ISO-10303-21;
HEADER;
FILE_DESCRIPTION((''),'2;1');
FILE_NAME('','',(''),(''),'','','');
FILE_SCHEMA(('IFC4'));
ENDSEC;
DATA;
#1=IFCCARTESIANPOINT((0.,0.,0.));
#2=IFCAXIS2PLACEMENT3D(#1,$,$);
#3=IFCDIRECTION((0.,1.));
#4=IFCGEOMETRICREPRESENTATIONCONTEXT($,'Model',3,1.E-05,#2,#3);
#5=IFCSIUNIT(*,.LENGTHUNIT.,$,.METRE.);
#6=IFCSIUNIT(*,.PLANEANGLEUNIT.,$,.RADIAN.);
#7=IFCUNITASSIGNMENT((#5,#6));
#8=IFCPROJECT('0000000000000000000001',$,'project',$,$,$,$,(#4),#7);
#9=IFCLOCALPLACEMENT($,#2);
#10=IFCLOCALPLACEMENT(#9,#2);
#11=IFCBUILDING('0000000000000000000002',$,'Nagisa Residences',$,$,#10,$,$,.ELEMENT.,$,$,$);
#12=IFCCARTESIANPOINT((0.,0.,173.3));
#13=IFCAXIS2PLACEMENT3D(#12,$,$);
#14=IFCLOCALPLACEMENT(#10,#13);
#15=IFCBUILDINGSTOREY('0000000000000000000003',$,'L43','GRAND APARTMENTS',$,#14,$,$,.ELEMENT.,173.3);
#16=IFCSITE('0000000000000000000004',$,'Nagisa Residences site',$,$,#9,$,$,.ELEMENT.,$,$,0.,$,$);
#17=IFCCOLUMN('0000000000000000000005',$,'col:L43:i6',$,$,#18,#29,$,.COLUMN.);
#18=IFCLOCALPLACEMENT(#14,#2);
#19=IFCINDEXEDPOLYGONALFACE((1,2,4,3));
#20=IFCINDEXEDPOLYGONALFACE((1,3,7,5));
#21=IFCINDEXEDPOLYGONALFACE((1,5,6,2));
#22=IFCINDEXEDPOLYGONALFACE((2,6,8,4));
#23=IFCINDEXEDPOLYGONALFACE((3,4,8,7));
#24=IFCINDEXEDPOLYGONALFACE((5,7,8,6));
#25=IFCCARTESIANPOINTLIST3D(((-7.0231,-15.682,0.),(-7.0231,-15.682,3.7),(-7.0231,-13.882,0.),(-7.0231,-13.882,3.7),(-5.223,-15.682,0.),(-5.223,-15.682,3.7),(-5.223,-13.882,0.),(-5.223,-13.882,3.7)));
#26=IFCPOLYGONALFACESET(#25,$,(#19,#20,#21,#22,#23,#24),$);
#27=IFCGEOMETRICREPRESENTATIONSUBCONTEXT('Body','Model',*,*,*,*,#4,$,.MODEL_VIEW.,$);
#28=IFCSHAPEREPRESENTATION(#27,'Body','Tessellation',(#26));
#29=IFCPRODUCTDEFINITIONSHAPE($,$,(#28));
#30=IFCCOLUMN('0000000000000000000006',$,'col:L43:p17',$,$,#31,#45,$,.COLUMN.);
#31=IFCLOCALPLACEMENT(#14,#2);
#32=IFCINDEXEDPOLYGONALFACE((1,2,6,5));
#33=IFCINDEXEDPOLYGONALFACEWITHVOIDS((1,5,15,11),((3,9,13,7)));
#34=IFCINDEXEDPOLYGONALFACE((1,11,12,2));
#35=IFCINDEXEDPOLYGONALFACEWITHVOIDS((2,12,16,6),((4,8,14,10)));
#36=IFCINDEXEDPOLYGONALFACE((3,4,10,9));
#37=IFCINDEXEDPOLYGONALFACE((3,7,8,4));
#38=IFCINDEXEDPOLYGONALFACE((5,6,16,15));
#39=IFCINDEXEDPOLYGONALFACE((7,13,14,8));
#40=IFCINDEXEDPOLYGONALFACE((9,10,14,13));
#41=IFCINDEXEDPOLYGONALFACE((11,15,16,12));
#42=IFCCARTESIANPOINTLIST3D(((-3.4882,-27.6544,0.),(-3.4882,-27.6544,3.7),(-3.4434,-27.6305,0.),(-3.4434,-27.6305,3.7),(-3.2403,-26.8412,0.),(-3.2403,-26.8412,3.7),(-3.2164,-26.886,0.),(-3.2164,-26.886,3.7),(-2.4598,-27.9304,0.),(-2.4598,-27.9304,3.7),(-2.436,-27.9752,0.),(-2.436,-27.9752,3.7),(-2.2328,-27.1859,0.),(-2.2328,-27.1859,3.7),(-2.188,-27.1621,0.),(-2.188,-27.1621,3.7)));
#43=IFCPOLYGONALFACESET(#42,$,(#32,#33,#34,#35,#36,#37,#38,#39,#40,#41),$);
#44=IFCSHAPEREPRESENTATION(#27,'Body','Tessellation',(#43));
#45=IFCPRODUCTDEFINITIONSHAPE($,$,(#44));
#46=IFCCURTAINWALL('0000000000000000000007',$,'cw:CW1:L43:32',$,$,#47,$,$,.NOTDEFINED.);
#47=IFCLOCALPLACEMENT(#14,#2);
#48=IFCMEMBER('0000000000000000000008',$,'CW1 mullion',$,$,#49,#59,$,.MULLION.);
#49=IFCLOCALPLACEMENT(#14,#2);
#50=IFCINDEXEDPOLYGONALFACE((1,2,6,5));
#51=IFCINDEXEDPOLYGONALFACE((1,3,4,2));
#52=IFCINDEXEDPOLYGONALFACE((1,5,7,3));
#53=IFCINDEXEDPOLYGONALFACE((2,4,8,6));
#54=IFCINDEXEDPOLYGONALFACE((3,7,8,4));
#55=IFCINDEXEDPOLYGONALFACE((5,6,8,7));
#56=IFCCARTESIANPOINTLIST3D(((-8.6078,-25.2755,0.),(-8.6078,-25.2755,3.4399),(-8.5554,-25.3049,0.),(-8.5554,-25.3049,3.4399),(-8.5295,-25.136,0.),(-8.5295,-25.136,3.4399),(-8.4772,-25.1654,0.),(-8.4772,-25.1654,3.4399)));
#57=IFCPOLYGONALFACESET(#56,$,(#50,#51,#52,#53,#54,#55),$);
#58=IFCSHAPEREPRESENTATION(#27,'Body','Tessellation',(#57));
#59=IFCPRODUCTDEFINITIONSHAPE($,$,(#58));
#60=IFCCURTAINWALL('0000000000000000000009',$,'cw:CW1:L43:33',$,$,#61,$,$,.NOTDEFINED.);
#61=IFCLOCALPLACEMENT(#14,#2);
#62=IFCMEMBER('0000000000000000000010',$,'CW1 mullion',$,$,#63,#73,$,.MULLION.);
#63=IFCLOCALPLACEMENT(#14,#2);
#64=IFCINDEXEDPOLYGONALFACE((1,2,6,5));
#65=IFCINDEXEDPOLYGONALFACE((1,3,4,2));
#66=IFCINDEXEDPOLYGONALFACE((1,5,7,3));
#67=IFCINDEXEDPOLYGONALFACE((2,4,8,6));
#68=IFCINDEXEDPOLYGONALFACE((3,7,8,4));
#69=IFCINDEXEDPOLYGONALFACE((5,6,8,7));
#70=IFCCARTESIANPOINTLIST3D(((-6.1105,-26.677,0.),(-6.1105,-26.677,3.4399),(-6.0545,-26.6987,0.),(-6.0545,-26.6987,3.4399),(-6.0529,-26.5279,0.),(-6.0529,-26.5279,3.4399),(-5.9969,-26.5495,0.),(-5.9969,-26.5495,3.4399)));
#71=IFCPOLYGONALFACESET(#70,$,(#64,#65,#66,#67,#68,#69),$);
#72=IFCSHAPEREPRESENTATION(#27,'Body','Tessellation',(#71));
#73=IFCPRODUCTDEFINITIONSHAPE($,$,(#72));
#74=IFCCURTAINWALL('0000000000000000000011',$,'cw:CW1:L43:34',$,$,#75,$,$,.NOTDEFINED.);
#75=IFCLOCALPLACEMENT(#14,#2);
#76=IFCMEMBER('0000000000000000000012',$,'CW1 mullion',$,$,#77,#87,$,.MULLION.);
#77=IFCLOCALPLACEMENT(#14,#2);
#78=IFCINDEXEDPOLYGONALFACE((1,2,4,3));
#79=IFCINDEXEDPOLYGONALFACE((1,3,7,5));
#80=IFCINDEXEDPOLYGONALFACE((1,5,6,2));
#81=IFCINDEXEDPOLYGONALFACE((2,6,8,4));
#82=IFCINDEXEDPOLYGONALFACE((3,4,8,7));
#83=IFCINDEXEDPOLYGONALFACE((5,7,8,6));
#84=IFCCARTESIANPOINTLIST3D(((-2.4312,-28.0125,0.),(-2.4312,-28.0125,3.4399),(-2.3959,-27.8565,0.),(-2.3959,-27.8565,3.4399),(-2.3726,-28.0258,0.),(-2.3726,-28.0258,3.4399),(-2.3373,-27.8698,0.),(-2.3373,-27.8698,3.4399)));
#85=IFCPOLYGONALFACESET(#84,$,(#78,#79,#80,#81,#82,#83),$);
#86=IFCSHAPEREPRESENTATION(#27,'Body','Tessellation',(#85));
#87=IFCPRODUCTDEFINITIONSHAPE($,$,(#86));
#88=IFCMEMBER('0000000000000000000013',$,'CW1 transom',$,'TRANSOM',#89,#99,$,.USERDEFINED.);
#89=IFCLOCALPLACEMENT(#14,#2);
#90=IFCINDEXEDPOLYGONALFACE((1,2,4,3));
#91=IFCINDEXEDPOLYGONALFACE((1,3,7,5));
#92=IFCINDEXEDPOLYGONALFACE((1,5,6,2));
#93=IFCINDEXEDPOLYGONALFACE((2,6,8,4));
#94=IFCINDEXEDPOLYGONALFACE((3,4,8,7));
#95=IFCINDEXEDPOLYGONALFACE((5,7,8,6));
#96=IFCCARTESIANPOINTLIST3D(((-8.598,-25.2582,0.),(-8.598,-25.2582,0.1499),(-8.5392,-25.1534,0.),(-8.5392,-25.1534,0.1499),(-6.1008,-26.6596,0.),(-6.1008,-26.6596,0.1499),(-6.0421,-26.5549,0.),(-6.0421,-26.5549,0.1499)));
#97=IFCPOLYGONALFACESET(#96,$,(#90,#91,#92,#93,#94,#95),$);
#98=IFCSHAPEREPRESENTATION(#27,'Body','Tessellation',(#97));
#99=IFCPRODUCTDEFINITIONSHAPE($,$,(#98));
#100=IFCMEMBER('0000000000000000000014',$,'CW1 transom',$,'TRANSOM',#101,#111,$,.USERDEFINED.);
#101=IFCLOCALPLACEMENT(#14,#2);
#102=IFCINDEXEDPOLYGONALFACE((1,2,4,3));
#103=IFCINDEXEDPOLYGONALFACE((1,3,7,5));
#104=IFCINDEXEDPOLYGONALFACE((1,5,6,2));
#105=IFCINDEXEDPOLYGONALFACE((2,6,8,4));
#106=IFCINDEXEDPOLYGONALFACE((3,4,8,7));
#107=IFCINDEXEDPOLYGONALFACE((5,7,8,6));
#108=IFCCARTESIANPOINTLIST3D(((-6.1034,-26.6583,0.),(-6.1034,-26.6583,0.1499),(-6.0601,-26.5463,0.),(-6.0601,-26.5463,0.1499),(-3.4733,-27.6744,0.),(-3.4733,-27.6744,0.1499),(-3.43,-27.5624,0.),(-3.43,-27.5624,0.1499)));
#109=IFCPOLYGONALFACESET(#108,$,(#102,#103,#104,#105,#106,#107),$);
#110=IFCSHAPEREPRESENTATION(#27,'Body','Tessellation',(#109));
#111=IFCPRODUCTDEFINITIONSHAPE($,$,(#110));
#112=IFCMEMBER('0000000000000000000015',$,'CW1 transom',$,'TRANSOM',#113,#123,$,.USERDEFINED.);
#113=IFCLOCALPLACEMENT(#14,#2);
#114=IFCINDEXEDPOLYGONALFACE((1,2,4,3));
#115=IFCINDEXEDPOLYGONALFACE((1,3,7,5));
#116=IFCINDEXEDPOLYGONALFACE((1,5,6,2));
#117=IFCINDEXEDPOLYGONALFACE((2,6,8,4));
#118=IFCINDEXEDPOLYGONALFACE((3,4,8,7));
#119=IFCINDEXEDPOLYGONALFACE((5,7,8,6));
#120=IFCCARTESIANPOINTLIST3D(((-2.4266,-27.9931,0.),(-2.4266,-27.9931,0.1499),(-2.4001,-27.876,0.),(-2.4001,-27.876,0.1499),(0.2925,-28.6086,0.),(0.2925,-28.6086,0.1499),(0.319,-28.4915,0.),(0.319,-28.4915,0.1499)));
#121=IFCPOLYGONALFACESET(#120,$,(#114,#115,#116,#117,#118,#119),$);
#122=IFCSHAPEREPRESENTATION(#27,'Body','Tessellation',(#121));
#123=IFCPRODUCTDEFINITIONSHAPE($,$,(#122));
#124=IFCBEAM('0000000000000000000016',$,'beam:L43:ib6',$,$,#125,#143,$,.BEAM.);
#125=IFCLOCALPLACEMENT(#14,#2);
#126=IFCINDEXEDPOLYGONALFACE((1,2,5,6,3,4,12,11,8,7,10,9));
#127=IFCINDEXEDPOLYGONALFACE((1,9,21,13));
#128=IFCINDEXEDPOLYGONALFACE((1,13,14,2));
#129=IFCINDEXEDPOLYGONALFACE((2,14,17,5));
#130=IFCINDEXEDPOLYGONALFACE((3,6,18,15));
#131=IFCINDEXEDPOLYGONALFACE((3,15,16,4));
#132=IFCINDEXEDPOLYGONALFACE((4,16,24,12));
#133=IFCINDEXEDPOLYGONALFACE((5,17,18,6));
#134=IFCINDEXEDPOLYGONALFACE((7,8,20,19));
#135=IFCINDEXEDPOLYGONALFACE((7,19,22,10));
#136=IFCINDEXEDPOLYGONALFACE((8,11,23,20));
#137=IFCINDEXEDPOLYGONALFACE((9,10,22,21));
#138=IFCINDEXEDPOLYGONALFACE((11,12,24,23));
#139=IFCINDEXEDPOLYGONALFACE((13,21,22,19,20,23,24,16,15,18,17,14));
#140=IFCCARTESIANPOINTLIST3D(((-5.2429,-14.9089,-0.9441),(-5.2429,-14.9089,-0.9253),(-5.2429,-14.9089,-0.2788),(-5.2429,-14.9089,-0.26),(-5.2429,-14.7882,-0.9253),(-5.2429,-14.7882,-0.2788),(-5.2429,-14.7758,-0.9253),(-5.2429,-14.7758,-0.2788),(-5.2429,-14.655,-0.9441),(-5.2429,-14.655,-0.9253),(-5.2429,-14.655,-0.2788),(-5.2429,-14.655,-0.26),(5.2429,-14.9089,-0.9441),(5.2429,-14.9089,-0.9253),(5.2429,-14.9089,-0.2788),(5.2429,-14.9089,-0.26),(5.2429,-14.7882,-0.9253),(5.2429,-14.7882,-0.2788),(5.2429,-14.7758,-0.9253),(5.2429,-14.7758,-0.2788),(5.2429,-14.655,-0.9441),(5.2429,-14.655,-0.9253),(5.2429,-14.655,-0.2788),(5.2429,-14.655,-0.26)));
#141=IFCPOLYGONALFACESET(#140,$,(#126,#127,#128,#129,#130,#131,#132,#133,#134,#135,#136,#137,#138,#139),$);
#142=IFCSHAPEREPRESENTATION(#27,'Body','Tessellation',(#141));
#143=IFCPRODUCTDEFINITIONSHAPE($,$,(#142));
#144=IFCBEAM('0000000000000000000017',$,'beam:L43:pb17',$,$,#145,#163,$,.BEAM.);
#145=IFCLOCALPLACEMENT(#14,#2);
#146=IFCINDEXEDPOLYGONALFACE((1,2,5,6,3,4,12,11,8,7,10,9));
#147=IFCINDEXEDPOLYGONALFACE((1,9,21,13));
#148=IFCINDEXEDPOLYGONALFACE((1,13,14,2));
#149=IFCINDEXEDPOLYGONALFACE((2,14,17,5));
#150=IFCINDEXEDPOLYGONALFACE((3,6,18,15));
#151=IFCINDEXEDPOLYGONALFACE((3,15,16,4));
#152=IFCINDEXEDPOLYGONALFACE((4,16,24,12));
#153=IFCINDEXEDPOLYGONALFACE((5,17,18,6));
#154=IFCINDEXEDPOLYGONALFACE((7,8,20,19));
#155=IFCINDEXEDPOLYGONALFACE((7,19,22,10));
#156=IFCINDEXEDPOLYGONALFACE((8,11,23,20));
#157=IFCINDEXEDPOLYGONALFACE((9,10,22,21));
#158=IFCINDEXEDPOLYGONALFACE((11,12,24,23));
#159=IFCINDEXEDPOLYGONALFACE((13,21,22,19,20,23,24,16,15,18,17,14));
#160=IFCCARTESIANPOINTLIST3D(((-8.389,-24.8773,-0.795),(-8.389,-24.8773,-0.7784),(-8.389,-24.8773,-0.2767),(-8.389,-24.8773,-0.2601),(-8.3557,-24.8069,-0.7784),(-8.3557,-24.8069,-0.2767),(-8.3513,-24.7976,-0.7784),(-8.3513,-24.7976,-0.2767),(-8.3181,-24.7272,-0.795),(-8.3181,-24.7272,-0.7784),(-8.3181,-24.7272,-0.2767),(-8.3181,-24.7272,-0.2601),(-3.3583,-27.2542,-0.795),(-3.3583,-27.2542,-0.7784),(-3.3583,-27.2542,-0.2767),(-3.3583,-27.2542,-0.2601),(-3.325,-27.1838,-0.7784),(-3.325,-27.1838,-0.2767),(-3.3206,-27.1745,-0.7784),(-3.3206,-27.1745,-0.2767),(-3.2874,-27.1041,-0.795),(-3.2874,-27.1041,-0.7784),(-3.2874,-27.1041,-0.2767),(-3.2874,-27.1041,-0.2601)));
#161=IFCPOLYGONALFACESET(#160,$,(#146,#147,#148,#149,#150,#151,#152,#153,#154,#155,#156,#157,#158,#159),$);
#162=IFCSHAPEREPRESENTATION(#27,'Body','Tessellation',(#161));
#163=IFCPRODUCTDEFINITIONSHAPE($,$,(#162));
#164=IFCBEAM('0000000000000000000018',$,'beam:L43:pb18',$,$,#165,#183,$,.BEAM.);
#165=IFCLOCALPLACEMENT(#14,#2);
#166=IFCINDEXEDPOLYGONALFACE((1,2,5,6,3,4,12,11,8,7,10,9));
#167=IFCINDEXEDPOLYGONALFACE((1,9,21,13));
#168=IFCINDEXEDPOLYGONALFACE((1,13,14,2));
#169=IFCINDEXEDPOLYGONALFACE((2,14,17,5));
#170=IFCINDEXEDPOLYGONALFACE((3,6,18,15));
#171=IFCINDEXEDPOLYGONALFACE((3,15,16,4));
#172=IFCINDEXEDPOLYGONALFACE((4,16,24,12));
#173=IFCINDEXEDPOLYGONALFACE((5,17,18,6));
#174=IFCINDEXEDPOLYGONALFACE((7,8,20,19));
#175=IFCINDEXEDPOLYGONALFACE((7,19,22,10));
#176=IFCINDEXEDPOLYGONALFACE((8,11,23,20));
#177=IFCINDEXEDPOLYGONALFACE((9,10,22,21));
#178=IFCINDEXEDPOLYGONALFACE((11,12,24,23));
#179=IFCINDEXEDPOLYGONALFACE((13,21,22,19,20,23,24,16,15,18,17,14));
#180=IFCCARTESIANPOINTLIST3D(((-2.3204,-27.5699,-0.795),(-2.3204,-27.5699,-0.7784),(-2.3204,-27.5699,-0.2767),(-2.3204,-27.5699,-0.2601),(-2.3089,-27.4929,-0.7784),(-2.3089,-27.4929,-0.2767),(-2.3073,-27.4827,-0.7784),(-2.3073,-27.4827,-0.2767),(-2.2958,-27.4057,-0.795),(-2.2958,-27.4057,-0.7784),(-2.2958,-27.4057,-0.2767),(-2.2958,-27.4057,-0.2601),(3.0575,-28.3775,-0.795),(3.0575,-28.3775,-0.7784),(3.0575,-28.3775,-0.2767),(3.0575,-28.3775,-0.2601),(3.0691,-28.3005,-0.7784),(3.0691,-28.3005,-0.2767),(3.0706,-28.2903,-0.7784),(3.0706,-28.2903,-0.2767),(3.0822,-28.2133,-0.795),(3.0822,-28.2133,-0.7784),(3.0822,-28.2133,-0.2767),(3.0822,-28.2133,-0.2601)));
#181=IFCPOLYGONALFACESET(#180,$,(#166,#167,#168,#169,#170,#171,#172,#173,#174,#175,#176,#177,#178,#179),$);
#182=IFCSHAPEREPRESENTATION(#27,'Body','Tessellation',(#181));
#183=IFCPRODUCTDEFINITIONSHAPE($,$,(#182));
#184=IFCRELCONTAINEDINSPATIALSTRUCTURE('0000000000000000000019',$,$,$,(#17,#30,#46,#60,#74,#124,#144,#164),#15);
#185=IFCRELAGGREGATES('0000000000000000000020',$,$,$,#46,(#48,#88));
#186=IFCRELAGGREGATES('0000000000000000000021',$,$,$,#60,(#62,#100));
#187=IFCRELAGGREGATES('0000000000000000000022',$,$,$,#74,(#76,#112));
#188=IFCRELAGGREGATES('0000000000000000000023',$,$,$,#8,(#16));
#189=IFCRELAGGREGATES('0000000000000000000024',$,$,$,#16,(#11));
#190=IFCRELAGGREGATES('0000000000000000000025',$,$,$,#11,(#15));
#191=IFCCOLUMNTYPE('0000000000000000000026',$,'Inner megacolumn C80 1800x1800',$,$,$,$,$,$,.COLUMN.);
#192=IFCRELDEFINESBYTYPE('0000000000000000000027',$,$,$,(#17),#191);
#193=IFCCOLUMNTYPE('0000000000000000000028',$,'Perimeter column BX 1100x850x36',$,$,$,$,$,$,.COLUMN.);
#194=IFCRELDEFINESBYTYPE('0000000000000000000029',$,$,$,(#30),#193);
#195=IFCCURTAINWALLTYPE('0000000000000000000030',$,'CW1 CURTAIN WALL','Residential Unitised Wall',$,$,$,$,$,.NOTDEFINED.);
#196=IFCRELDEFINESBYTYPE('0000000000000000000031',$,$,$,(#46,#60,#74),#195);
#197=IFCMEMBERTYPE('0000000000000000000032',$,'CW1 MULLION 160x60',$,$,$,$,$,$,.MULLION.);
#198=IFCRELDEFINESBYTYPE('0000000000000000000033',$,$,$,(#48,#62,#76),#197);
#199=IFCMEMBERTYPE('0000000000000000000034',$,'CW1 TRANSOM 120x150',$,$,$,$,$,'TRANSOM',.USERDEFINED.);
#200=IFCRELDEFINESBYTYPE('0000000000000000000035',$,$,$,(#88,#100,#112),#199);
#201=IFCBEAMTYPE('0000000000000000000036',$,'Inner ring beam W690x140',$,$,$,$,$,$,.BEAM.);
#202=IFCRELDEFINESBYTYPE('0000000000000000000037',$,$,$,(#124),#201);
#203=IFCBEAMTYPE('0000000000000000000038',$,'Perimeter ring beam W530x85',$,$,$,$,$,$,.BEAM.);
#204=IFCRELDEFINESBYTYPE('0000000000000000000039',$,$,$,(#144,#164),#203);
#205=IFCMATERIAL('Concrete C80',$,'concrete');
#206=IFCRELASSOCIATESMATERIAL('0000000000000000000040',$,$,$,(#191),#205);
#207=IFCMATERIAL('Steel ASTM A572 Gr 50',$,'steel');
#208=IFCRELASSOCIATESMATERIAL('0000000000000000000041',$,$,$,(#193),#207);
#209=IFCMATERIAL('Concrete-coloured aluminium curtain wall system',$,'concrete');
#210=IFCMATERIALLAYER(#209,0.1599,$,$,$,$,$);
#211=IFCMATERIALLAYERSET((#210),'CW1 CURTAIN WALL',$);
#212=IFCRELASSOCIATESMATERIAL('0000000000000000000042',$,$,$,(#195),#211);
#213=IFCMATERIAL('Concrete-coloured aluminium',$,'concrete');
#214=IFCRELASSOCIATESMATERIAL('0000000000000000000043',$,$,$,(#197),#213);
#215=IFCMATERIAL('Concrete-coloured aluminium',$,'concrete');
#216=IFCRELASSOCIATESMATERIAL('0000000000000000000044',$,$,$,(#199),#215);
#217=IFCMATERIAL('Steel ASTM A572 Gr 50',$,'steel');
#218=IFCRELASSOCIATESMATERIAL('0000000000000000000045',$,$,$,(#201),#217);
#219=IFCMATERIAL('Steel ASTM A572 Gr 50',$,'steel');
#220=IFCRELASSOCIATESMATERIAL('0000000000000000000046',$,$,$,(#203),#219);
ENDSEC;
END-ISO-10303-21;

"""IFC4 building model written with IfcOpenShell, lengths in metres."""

from ifc_helpers import new_model, si_unit, direction, frame, origin, origin_2d, place, context, subcontext, project, spatial, rectangle, hollow_rectangle, i_section, extrude, material, layer, layer_set, material_profile, profile_set, type_object, element, aggregate, save


model = new_model("IFC4")

# Units and contexts
model_context = context("Model", 3, precision=1e-05, world=origin(), true_north=direction((0.0, 1.0)))
body_context = subcontext(model_context, "Body", "Model", "MODEL_VIEW")
ifc_project = project(units=[si_unit("LENGTHUNIT", "METRE"), si_unit("PLANEANGLEUNIT", "RADIAN")], contexts=[model_context])

# Site, building, storey
site_placement = place(None, origin())
site = spatial("IfcSite", under=ifc_project, at=site_placement, Name="Nagisa Residences site", CompositionType="ELEMENT", RefElevation=0.0)
building_placement = place(site_placement, origin())
building = spatial("IfcBuilding", under=site, at=building_placement, Name="Nagisa Residences", CompositionType="ELEMENT")
storey_placement = place(building_placement, frame((0.0, 0.0, 173.3)))
storey = spatial("IfcBuildingStorey", under=building, at=storey_placement, Name="L43", Description="GRAND APARTMENTS", CompositionType="ELEMENT", Elevation=173.3)

# Columns
ifc_material_1 = material(Name="Concrete C80", Category="concrete")
ifc_material_profile_1 = material_profile(ifc_material_1, rectangle(XDim=1.8, YDim=1.8, at=origin_2d()), Name="C80 1800x1800")
ifc_profile_set_1 = profile_set([ifc_material_profile_1], Name="Concrete C80")
column_type_1 = type_object("IfcColumnType", Name="Inner megacolumn C80 1800x1800", PredefinedType="COLUMN", material=ifc_profile_set_1)
column_1_placement = place(storey_placement, frame((-6.123, -14.782, 0.0), z_axis=(0.0, 0.0, 1.0), x_axis=(1.0, 0.0, 0.0)))
element("IfcColumn", 1, at=column_1_placement, inside=storey, type_object=column_type_1, Name="col:L43:i6", PredefinedType="COLUMN", context=body_context, shape_type="SweptSolid", body=[
    extrude(rectangle(XDim=1.8, YDim=1.8, at=origin_2d()), origin(), (0.0, 0.0, 1.0), 3.7),
])
ifc_material_2 = material(Name="Steel ASTM A572 Gr 50", Category="steel")
ifc_material_profile_2 = material_profile(ifc_material_2, hollow_rectangle(XDim=1.1001, YDim=0.8501, WallThickness=0.0359, at=origin_2d()), Name="BX 1100x850x36")
ifc_profile_set_2 = profile_set([ifc_material_profile_2], Name="Steel ASTM A572 Gr 50")
column_type_2 = type_object("IfcColumnType", Name="Perimeter column BX 1100x850x36", PredefinedType="COLUMN", material=ifc_profile_set_2)
column_2_placement = place(storey_placement, frame((-2.8381, -27.4082, 0.0), z_axis=(0.0, 0.0, 1.0), x_axis=(0.956525, -0.291652, 0.0)))
element("IfcColumn", 2, at=column_2_placement, inside=storey, type_object=column_type_2, Name="col:L43:p17", PredefinedType="COLUMN", context=body_context, shape_type="SweptSolid", body=[
    extrude(hollow_rectangle(XDim=1.1001, YDim=0.8501, WallThickness=0.0359, at=origin_2d()), origin(), (0.0, 0.0, 1.0), 3.7),
])

# Curtain walls, members
ifc_material_3 = material(Name="Concrete-coloured aluminium curtain wall system", Category="concrete")
ifc_layer_1 = layer(ifc_material_3, 0.1599)
ifc_layer_set_1 = layer_set([ifc_layer_1], Name="CW1 CURTAIN WALL")
curtain_wall_type = type_object("IfcCurtainWallType", Name="CW1 CURTAIN WALL", Description="Residential Unitised Wall", PredefinedType="NOTDEFINED", material=ifc_layer_set_1)
curtain_wall_1_placement = place(storey_placement, origin())
curtain_wall_1 = element("IfcCurtainWall", 3, at=curtain_wall_1_placement, inside=storey, type_object=curtain_wall_type, Name="cw:CW1:L43:32", PredefinedType="NOTDEFINED")
ifc_material_4 = material(Name="Concrete-coloured aluminium", Category="concrete")
ifc_material_profile_3 = material_profile(ifc_material_4, rectangle(XDim=0.1599, YDim=0.0601, at=origin_2d()), Name="CW1 MULLION 160x60")
ifc_profile_set_3 = profile_set([ifc_material_profile_3], Name="Concrete-coloured aluminium")
member_type_1 = type_object("IfcMemberType", Name="CW1 MULLION 160x60", PredefinedType="MULLION", material=ifc_profile_set_3)
member_1_placement = place(storey_placement, frame((-8.5425, -25.2205, 0.0), z_axis=(0.0, 0.0, 1.0), x_axis=(0.489377, 0.872072, 0.0)))
member_1 = element("IfcMember", 4, at=member_1_placement, type_object=member_type_1, Name="CW1 mullion", PredefinedType="MULLION", context=body_context, shape_type="SweptSolid", body=[
    extrude(rectangle(XDim=0.1599, YDim=0.0601, at=origin_2d()), origin(), (0.0, 0.0, 1.0), 3.4399),
])
curtain_wall_2_placement = place(storey_placement, origin())
curtain_wall_2 = element("IfcCurtainWall", 5, at=curtain_wall_2_placement, inside=storey, type_object=curtain_wall_type, Name="cw:CW1:L43:33", PredefinedType="NOTDEFINED")
member_2_placement = place(storey_placement, frame((-6.0537, -26.6133, 0.0), z_axis=(0.0, 0.0, 1.0), x_axis=(0.360328, 0.932826, 0.0)))
member_2 = element("IfcMember", 6, at=member_2_placement, type_object=member_type_1, Name="CW1 mullion", PredefinedType="MULLION", context=body_context, shape_type="SweptSolid", body=[
    extrude(rectangle(XDim=0.1599, YDim=0.0601, at=origin_2d()), origin(), (0.0, 0.0, 1.0), 3.4399),
])
curtain_wall_3_placement = place(storey_placement, origin())
curtain_wall_3 = element("IfcCurtainWall", 7, at=curtain_wall_3_placement, inside=storey, type_object=curtain_wall_type, Name="cw:CW1:L43:34", PredefinedType="NOTDEFINED")
member_3_placement = place(storey_placement, frame((-2.3843, -27.9412, 0.0), z_axis=(0.0, 0.0, 1.0), x_axis=(0.220764, 0.975327, 0.0)))
member_3 = element("IfcMember", 8, at=member_3_placement, type_object=member_type_1, Name="CW1 mullion", PredefinedType="MULLION", context=body_context, shape_type="SweptSolid", body=[
    extrude(rectangle(XDim=0.1599, YDim=0.0601, at=origin_2d()), origin(), (0.0, 0.0, 1.0), 3.4399),
])

# Members
ifc_material_5 = material(Name="Concrete-coloured aluminium", Category="concrete")
ifc_material_profile_4 = material_profile(ifc_material_5, rectangle(XDim=0.1201, YDim=0.1499, at=origin_2d()), Name="CW1 TRANSOM 120x150")
ifc_profile_set_4 = profile_set([ifc_material_profile_4], Name="Concrete-coloured aluminium")
member_type_2 = type_object("IfcMemberType", Name="CW1 TRANSOM 120x150", ElementType="TRANSOM", PredefinedType="USERDEFINED", material=ifc_profile_set_4)
member_4_placement = place(storey_placement, frame((-8.5686, -25.2058, 0.075), z_axis=(0.872058, -0.489403, 0.0), x_axis=(0.489403, 0.872058, 0.0)))
member_4 = element("IfcMember", 9, at=member_4_placement, type_object=member_type_2, Name="CW1 transom", ObjectType="TRANSOM", PredefinedType="USERDEFINED", context=body_context, shape_type="SweptSolid", body=[
    extrude(rectangle(XDim=0.1201, YDim=0.1499, at=origin_2d()), origin(), (0.0, 0.0, 1.0), 2.8635),
])
member_5_placement = place(storey_placement, frame((-6.0818, -26.6023, 0.075), z_axis=(0.932807, -0.360377, 0.0), x_axis=(0.360377, 0.932807, 0.0)))
member_5 = element("IfcMember", 10, at=member_5_placement, type_object=member_type_2, Name="CW1 transom", ObjectType="TRANSOM", PredefinedType="USERDEFINED", context=body_context, shape_type="SweptSolid", body=[
    extrude(rectangle(XDim=0.1201, YDim=0.1499, at=origin_2d()), origin(), (0.0, 0.0, 1.0), 2.8196),
])
member_6_placement = place(storey_placement, frame((-2.4133, -27.9346, 0.075), z_axis=(0.975324, -0.220777, 0.0), x_axis=(0.220777, 0.975324, 0.0)))
member_6 = element("IfcMember", 11, at=member_6_placement, type_object=member_type_2, Name="CW1 transom", ObjectType="TRANSOM", PredefinedType="USERDEFINED", context=body_context, shape_type="SweptSolid", body=[
    extrude(rectangle(XDim=0.1201, YDim=0.1499, at=origin_2d()), origin(), (0.0, 0.0, 1.0), 2.7878),
])

# Beams
ifc_material_6 = material(Name="Steel ASTM A572 Gr 50", Category="steel")
ifc_material_profile_5 = material_profile(ifc_material_6, i_section(OverallWidth=0.2539, OverallDepth=0.6841, WebThickness=0.0125, FlangeThickness=0.0188, at=origin_2d()), Name="W690x140")
ifc_profile_set_5 = profile_set([ifc_material_profile_5], Name="Steel ASTM A572 Gr 50")
beam_type_1 = type_object("IfcBeamType", Name="Inner ring beam W690x140", PredefinedType="BEAM", material=ifc_profile_set_5)
beam_1_placement = place(storey_placement, frame((-5.2429, -14.782, -0.6021), z_axis=(1.0, 0.0, 0.0), x_axis=(0.0, 1.0, 0.0)))
element("IfcBeam", 12, at=beam_1_placement, inside=storey, type_object=beam_type_1, Name="beam:L43:ib6", PredefinedType="BEAM", context=body_context, shape_type="SweptSolid", body=[
    extrude(i_section(OverallWidth=0.2539, OverallDepth=0.6841, WebThickness=0.0125, FlangeThickness=0.0188, at=origin_2d()), origin(), (0.0, 0.0, 1.0), 10.4858),
])
ifc_material_7 = material(Name="Steel ASTM A572 Gr 50", Category="steel")
ifc_material_profile_6 = material_profile(ifc_material_7, i_section(OverallWidth=0.166, OverallDepth=0.5349, WebThickness=0.0103, FlangeThickness=0.0166, at=origin_2d()), Name="W530x85")
ifc_profile_set_6 = profile_set([ifc_material_profile_6], Name="Steel ASTM A572 Gr 50")
beam_type_2 = type_object("IfcBeamType", Name="Perimeter ring beam W530x85", PredefinedType="BEAM", material=ifc_profile_set_6)
beam_2_placement = place(storey_placement, frame((-8.3535, -24.8022, -0.5276), z_axis=(0.904157, -0.4272, 0.0), x_axis=(0.4272, 0.904157, 0.0)))
element("IfcBeam", 13, at=beam_2_placement, inside=storey, type_object=beam_type_2, Name="beam:L43:pb17", PredefinedType="BEAM", context=body_context, shape_type="SweptSolid", body=[
    extrude(i_section(OverallWidth=0.166, OverallDepth=0.5349, WebThickness=0.0103, FlangeThickness=0.0166, at=origin_2d()), origin(), (0.0, 0.0, 1.0), 5.564),
])
beam_3_placement = place(storey_placement, frame((-2.3081, -27.4878, -0.5276), z_axis=(0.988911, -0.148507, 0.0), x_axis=(0.148507, 0.988911, 0.0)))
element("IfcBeam", 14, at=beam_3_placement, inside=storey, type_object=beam_type_2, Name="beam:L43:pb18", PredefinedType="BEAM", context=body_context, shape_type="SweptSolid", body=[
    extrude(i_section(OverallWidth=0.166, OverallDepth=0.5349, WebThickness=0.0103, FlangeThickness=0.0166, at=origin_2d()), origin(), (0.0, 0.0, 1.0), 5.4382),
])

aggregate(curtain_wall_1, [member_1, member_4])
aggregate(curtain_wall_2, [member_2, member_5])
aggregate(curtain_wall_3, [member_3, member_6])

save(model, "model.ifc")
